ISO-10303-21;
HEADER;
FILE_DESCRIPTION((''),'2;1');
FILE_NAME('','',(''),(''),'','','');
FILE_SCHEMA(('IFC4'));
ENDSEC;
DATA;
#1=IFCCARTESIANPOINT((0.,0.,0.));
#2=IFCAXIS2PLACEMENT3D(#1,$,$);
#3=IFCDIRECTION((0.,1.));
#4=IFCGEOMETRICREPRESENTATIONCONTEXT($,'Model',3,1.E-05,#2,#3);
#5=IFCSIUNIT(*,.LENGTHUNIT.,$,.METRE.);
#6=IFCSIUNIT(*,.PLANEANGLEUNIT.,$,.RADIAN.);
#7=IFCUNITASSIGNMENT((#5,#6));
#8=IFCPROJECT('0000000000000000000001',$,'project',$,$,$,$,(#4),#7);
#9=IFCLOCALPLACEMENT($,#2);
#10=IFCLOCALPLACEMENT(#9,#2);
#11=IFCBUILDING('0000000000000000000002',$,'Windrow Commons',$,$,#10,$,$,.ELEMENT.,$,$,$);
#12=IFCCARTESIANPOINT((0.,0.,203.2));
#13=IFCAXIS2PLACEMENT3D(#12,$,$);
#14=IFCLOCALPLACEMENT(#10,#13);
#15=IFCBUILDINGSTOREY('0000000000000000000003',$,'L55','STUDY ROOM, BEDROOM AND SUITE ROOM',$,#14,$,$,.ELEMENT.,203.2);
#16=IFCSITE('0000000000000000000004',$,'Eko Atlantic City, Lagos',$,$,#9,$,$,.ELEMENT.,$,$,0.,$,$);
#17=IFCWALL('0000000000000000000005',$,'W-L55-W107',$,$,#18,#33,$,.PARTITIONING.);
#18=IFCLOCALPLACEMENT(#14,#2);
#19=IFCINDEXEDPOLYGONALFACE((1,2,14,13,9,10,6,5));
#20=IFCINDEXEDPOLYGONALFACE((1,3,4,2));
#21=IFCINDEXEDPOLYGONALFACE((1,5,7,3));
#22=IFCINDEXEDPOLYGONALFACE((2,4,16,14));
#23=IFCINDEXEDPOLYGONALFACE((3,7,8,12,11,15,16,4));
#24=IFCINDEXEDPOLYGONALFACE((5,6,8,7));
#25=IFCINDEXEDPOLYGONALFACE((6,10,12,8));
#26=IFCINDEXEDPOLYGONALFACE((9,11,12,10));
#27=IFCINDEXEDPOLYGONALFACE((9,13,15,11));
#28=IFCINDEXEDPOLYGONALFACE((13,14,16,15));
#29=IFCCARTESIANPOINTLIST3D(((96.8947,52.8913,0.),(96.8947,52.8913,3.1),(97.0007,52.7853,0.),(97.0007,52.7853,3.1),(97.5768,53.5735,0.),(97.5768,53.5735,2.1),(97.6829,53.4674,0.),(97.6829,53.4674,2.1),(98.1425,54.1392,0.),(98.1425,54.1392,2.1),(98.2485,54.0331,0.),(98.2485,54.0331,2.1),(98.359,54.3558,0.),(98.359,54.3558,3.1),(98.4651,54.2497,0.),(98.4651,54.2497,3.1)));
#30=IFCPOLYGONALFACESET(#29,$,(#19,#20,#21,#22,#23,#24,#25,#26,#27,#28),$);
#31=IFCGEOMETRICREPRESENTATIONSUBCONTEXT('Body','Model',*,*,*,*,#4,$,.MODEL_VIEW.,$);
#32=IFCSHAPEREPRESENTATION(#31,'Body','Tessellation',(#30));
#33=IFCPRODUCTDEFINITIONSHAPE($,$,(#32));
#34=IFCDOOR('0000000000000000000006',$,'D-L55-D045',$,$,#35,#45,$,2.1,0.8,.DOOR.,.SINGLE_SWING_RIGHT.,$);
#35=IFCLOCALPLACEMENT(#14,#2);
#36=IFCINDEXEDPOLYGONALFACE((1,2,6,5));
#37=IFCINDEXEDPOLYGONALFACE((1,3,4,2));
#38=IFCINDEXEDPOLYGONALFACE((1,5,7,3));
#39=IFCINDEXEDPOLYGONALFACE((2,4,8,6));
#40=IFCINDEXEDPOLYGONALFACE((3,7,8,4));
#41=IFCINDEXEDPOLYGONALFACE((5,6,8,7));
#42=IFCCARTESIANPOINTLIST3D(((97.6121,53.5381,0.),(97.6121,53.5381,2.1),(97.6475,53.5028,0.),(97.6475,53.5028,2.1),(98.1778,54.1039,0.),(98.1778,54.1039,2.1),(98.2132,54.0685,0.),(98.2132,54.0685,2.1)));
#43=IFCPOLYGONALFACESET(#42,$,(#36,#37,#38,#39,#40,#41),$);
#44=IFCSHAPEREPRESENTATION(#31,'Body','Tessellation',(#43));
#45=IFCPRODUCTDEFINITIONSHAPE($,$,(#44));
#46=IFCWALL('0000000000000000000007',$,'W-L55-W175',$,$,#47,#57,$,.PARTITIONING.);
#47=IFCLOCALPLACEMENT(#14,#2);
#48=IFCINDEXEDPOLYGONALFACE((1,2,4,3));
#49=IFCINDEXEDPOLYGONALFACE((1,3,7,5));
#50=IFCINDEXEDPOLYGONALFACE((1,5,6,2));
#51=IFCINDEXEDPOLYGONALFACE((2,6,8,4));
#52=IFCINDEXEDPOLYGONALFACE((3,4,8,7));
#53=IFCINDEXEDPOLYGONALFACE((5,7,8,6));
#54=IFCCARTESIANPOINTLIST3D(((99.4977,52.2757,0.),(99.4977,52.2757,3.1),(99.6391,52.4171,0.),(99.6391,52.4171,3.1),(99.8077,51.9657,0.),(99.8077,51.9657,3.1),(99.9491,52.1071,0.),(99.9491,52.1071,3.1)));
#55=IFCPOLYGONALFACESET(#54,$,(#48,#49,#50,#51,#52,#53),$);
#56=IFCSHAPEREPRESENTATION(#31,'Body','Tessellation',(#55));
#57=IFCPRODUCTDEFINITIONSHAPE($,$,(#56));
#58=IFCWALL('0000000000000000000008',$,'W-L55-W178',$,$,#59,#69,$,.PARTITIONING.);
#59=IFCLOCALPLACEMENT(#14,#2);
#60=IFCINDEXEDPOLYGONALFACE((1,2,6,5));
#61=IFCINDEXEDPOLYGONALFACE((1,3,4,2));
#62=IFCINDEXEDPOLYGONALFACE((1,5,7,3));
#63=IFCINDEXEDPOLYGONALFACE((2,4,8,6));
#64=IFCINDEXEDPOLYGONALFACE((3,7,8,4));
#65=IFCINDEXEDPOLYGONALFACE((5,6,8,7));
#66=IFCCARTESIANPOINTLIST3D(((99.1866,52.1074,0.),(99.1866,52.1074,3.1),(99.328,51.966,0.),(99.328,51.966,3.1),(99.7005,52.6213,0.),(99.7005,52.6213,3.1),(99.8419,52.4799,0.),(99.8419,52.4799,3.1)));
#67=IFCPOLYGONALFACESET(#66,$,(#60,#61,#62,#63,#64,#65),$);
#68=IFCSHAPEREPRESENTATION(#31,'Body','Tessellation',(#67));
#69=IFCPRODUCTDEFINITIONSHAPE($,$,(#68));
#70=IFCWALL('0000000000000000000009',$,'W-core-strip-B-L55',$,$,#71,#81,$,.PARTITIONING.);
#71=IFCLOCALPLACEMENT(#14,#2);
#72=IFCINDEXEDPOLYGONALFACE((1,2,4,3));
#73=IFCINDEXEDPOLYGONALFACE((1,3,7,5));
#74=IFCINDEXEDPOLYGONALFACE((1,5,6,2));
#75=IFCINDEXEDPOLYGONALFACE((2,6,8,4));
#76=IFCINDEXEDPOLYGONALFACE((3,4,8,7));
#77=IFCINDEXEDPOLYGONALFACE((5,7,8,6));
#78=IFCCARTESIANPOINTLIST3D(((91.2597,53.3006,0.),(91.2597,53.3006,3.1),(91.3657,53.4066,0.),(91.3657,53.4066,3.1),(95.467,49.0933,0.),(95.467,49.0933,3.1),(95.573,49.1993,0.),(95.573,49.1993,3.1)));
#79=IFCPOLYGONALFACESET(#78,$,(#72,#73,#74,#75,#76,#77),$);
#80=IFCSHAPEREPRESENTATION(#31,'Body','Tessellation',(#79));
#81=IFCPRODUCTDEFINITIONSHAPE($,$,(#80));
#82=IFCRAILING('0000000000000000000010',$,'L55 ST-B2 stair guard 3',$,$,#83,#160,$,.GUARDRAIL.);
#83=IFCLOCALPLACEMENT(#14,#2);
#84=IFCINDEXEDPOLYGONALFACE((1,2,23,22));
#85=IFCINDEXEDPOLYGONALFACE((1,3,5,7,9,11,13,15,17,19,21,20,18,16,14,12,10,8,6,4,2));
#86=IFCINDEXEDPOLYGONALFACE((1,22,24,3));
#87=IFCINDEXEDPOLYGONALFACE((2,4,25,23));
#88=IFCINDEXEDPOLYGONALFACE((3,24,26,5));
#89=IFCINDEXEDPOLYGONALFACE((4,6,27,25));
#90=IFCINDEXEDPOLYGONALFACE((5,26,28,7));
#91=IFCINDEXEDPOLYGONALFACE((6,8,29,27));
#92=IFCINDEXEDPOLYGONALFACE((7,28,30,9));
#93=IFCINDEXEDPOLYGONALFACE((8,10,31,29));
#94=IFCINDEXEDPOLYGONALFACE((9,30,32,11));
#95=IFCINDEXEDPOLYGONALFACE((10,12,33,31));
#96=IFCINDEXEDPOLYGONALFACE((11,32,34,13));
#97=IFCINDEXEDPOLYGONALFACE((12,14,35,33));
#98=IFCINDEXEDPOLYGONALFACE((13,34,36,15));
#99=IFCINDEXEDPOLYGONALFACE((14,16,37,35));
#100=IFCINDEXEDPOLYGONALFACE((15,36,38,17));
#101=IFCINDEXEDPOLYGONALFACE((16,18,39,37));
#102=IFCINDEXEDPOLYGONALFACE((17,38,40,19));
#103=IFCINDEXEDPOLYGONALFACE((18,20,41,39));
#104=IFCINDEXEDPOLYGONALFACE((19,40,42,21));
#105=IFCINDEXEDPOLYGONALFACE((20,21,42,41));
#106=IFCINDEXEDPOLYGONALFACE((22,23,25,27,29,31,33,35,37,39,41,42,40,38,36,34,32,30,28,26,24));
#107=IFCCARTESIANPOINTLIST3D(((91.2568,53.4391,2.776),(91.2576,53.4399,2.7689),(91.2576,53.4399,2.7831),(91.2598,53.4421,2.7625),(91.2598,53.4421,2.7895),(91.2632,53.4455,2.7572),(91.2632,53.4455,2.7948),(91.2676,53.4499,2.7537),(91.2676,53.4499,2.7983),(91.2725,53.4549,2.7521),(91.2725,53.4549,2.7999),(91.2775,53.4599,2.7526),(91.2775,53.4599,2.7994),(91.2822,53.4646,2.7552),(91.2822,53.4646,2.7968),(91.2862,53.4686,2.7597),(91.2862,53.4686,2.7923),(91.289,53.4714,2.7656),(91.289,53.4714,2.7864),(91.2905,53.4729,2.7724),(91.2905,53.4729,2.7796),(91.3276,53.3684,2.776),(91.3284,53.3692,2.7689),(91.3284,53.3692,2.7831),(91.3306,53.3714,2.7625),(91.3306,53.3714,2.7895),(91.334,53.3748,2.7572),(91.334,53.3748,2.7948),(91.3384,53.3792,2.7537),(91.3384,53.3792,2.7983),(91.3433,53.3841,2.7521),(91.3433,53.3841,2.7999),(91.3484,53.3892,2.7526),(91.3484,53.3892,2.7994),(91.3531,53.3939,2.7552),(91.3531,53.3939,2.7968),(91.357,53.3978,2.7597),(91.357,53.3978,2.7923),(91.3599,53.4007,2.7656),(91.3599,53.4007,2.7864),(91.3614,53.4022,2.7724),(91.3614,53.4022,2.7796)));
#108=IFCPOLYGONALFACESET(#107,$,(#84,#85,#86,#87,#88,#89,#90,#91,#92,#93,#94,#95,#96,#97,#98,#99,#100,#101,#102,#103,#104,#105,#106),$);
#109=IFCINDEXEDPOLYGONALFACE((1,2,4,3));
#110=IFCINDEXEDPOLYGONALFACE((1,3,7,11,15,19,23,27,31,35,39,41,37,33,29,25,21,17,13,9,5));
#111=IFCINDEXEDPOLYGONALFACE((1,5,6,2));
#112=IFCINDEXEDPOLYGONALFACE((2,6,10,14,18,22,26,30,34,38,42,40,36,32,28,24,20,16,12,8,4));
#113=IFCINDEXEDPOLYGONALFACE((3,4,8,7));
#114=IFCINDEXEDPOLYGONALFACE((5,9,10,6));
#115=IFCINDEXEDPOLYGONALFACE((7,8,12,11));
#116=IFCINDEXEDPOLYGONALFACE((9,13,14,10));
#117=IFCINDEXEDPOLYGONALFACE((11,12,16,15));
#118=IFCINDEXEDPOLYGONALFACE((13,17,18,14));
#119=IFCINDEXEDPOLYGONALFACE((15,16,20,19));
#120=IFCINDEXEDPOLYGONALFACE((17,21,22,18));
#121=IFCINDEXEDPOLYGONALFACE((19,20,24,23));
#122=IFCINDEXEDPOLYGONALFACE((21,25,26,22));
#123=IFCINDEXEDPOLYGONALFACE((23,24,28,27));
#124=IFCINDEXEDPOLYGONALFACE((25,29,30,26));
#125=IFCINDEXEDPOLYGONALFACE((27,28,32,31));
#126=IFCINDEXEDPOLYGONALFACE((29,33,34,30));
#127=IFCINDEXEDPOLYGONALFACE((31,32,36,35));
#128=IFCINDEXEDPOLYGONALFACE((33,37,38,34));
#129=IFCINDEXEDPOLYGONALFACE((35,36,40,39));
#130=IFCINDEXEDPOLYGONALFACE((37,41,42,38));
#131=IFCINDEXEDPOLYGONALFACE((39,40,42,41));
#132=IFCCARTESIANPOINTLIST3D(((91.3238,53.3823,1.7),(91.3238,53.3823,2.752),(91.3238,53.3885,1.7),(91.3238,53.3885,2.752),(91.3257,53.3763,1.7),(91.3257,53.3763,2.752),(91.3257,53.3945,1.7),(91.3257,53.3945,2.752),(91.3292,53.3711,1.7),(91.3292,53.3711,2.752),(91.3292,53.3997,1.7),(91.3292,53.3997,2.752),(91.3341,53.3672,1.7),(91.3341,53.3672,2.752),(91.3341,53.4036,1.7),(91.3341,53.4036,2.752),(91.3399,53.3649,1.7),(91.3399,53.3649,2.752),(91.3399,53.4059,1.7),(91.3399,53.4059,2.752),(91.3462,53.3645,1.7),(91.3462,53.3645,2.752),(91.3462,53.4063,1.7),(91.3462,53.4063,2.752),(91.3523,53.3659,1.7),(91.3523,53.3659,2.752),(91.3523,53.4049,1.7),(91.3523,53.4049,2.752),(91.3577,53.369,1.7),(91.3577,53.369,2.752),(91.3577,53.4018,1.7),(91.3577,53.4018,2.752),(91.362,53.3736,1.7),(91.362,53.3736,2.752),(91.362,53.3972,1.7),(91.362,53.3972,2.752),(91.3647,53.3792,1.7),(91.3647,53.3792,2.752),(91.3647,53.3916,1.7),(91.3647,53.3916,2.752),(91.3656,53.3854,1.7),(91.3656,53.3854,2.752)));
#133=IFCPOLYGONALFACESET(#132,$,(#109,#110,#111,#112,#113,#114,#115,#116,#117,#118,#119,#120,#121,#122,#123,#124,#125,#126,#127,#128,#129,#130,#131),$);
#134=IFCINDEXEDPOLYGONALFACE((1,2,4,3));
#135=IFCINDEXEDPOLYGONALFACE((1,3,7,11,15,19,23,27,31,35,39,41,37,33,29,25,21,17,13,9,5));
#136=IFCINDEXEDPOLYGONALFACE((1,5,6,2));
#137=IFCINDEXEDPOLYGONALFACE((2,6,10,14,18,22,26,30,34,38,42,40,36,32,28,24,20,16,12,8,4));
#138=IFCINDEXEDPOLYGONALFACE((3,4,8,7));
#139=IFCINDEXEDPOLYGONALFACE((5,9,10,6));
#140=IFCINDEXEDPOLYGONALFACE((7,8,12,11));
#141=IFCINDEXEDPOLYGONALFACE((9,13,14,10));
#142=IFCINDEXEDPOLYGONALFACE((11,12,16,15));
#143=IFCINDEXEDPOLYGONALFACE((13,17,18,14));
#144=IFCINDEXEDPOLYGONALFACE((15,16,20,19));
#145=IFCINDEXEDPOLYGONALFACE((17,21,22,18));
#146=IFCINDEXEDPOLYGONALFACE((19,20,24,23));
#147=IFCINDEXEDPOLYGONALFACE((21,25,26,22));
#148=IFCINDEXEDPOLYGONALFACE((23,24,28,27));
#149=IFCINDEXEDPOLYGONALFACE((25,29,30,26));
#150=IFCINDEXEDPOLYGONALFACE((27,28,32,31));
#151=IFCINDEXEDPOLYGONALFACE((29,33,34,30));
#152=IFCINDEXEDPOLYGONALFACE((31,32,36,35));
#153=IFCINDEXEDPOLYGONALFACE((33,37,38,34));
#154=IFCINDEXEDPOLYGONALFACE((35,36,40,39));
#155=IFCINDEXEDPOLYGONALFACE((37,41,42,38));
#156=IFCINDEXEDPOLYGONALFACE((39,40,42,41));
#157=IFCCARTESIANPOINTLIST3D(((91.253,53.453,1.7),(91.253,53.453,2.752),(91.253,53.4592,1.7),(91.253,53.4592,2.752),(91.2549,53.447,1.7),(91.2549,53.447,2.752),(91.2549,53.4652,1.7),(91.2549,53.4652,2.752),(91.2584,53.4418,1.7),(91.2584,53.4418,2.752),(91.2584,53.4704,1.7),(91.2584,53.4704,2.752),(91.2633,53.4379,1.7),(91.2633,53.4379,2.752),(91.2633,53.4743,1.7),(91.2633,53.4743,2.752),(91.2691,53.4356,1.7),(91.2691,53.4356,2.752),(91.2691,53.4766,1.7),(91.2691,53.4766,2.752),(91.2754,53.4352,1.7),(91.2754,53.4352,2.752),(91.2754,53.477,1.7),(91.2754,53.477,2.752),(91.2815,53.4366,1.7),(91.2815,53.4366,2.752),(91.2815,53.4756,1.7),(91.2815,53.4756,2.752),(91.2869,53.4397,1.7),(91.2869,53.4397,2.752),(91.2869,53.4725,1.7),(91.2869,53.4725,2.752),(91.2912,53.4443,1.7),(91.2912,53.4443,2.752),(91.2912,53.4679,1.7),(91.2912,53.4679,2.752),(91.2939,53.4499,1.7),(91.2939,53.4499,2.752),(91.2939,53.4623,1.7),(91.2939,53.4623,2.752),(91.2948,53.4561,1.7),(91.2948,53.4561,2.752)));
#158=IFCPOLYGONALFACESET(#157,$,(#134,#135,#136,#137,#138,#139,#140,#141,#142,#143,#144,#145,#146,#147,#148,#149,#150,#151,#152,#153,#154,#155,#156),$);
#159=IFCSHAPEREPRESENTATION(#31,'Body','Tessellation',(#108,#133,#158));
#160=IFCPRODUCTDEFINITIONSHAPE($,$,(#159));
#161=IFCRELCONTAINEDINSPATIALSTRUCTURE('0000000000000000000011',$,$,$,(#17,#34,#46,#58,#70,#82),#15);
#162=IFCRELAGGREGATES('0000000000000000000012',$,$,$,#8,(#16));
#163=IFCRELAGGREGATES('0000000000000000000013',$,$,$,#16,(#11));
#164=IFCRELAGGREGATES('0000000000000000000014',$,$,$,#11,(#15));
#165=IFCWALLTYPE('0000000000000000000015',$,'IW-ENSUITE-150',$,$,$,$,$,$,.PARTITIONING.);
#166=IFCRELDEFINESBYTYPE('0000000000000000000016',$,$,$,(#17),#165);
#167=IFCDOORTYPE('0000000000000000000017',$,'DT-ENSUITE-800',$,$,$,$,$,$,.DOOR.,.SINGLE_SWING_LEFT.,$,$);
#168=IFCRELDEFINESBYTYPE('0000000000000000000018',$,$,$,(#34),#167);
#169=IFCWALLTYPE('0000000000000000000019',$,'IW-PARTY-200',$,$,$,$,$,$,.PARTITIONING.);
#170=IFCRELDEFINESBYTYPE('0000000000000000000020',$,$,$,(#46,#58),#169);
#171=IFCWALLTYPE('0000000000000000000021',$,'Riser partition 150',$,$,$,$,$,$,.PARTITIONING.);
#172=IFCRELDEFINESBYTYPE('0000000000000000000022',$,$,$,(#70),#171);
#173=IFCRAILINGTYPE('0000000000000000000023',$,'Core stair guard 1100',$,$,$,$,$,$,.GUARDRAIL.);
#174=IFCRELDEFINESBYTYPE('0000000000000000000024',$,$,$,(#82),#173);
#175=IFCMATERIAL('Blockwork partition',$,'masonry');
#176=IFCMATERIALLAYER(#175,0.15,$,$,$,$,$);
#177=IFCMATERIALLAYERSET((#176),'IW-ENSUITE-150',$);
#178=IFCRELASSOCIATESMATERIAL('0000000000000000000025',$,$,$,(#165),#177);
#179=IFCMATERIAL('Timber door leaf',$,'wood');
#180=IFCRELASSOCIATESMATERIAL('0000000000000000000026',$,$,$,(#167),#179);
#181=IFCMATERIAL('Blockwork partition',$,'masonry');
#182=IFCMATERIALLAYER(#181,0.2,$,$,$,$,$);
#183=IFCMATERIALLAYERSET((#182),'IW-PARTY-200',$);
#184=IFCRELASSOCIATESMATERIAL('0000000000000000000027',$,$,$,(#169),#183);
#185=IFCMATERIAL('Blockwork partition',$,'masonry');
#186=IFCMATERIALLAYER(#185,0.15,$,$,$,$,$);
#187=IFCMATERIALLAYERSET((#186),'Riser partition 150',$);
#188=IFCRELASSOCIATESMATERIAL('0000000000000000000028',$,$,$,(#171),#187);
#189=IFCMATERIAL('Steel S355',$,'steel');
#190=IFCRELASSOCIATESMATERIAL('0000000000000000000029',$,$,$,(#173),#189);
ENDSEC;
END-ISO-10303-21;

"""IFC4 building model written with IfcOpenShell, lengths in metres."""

from ifc_helpers import new_model, si_unit, direction, frame, frame_2d, origin, origin_2d, place, context, subcontext, project, spatial, rectangle, circle, extrude, material, layer, layer_set, type_object, element, fill, save


model = new_model("IFC4")

# Units and contexts
model_context = context("Model", 3, precision=1e-05, world=origin(), true_north=direction((0.0, 1.0)))
body_context = subcontext(model_context, "Body", "Model", "MODEL_VIEW")
ifc_project = project(units=[si_unit("LENGTHUNIT", "METRE"), si_unit("PLANEANGLEUNIT", "RADIAN")], contexts=[model_context])

# Site, building, storey
site_placement = place(None, origin())
site = spatial("IfcSite", under=ifc_project, at=site_placement, Name="Eko Atlantic City, Lagos", CompositionType="ELEMENT", RefElevation=0.0)
building_placement = place(site_placement, origin())
building = spatial("IfcBuilding", under=site, at=building_placement, Name="Windrow Commons", CompositionType="ELEMENT")
storey_placement = place(building_placement, frame((0.0, 0.0, 203.2)))
storey = spatial("IfcBuildingStorey", under=building, at=storey_placement, Name="L55", Description="STUDY ROOM, BEDROOM AND SUITE ROOM", CompositionType="ELEMENT", Elevation=203.2)

# Wall, opening, door
ifc_material_1 = material(Name="Blockwork partition", Category="masonry")
ifc_layer_1 = layer(ifc_material_1, 0.15)
ifc_layer_set_1 = layer_set([ifc_layer_1], Name="IW-ENSUITE-150")
wall_type_1 = type_object("IfcWallType", Name="IW-ENSUITE-150", PredefinedType="PARTITIONING", material=ifc_layer_set_1)
wall_1_placement = place(storey_placement, frame((96.9477, 52.8383, 0.0), z_axis=(0.0, 0.0, 1.0), x_axis=(0.707083, 0.707131, 0.0)))
wall_1 = element("IfcWall", 1, at=wall_1_placement, inside=storey, type_object=wall_type_1, Name="W-L55-W107", PredefinedType="PARTITIONING", context=body_context, shape_type="SweptSolid", body=[
    extrude(rectangle(XDim=2.071, YDim=0.15, at=frame_2d((1.0355, 0.0))), origin(), (0.0, 0.0, 1.0), 3.1),
])
opening_1_placement = place(wall_1_placement, frame((0.9647, 0.0, 0.0)))
opening_1 = element("IfcOpeningElement", 2, at=opening_1_placement, cuts=wall_1, PredefinedType="OPENING", context=body_context, shape_type="SweptSolid", body=[
    extrude(rectangle(XDim=0.8, YDim=2.1, at=frame_2d((0.4, 1.05))), frame((0.0, 0.085, 0.0), z_axis=(0.0, -1.0, 0.0), x_axis=(1.0, 0.0, 0.0)), (0.0, 0.0, 1.0), 0.17),
])
ifc_material_2 = material(Name="Timber door leaf", Category="wood")
door_type_1 = type_object("IfcDoorType", Name="DT-ENSUITE-800", OperationType="SINGLE_SWING_LEFT", PredefinedType="DOOR", material=ifc_material_2)
door_1_placement = place(opening_1_placement, origin())
door_1 = element("IfcDoor", 3, at=door_1_placement, inside=storey, type_object=door_type_1, Name="D-L55-D045", OperationType="SINGLE_SWING_RIGHT", OverallHeight=2.1, OverallWidth=0.8, PredefinedType="DOOR", context=body_context, shape_type="SweptSolid", body=[
    extrude(rectangle(XDim=0.8, YDim=2.1, at=frame_2d((0.4, 1.05))), frame((0.0, 0.025, 0.0), z_axis=(0.0, -1.0, 0.0), x_axis=(1.0, 0.0, 0.0)), (0.0, 0.0, 1.0), 0.05),
])
fill(opening_1, door_1)

# Walls
ifc_material_3 = material(Name="Blockwork partition", Category="masonry")
ifc_layer_2 = layer(ifc_material_3, 0.2)
ifc_layer_set_2 = layer_set([ifc_layer_2], Name="IW-PARTY-200")
wall_type_2 = type_object("IfcWallType", Name="IW-PARTY-200", PredefinedType="PARTITIONING", material=ifc_layer_set_2)
wall_2_placement = place(storey_placement, frame((99.5684, 52.3464, 0.0), z_axis=(0.0, 0.0, 1.0), x_axis=(0.707107, -0.707107, 0.0)))
element("IfcWall", 4, at=wall_2_placement, inside=storey, type_object=wall_type_2, Name="W-L55-W175", PredefinedType="PARTITIONING", context=body_context, shape_type="SweptSolid", body=[
    extrude(rectangle(XDim=0.4384, YDim=0.2, at=frame_2d((0.2192, 0.0))), origin(), (0.0, 0.0, 1.0), 3.1),
])
wall_3_placement = place(storey_placement, frame((99.2573, 52.0367, 0.0), z_axis=(0.0, 0.0, 1.0), x_axis=(0.707107, 0.707107, 0.0)))
element("IfcWall", 5, at=wall_3_placement, inside=storey, type_object=wall_type_2, Name="W-L55-W178", PredefinedType="PARTITIONING", context=body_context, shape_type="SweptSolid", body=[
    extrude(rectangle(XDim=0.7268, YDim=0.2, at=frame_2d((0.3634, 0.0))), origin(), (0.0, 0.0, 1.0), 3.1),
])
ifc_material_4 = material(Name="Blockwork partition", Category="masonry")
ifc_layer_3 = layer(ifc_material_4, 0.15)
ifc_layer_set_3 = layer_set([ifc_layer_3], Name="Riser partition 150")
wall_type_3 = type_object("IfcWallType", Name="Riser partition 150", PredefinedType="PARTITIONING", material=ifc_layer_set_3)
wall_4_placement = place(storey_placement, frame((91.3127, 53.3536, 0.0), z_axis=(0.0, 0.0, 1.0), x_axis=(0.707107, -0.707107, 0.0)))
element("IfcWall", 6, at=wall_4_placement, inside=storey, type_object=wall_type_3, Name="W-core-strip-B-L55", PredefinedType="PARTITIONING", context=body_context, shape_type="SweptSolid", body=[
    extrude(rectangle(XDim=5.95, YDim=0.15, at=frame_2d((2.975, 0.0))), origin(), (0.0, 0.0, 1.0), 3.1),
])

# Railing
ifc_material_5 = material(Name="Steel S355", Category="steel")
railing_type = type_object("IfcRailingType", Name="Core stair guard 1100", PredefinedType="GUARDRAIL", material=ifc_material_5)
railing_placement = place(storey_placement, frame((91.3446, 53.3854, 1.7)))
element("IfcRailing", 7, at=railing_placement, inside=storey, type_object=railing_type, Name="L55 ST-B2 stair guard 3", PredefinedType="GUARDRAIL", context=body_context, shape_type="SweptSolid", body=[
    extrude(circle(Radius=0.024, at=origin_2d()), frame((0.0, 0.0, 1.076), z_axis=(-0.707606, 0.706607, 0.0), x_axis=(-0.706607, -0.707606, 0.0)), (0.0, 0.0, 1.0), 0.1001),
    extrude(circle(Radius=0.021, at=origin_2d()), origin(), (0.0, 0.0, 1.0), 1.052),
    extrude(circle(Radius=0.021, at=origin_2d()), frame((-0.0708, 0.0707, 0.0)), (0.0, 0.0, 1.0), 1.052),
])

save(model, "model.ifc")
